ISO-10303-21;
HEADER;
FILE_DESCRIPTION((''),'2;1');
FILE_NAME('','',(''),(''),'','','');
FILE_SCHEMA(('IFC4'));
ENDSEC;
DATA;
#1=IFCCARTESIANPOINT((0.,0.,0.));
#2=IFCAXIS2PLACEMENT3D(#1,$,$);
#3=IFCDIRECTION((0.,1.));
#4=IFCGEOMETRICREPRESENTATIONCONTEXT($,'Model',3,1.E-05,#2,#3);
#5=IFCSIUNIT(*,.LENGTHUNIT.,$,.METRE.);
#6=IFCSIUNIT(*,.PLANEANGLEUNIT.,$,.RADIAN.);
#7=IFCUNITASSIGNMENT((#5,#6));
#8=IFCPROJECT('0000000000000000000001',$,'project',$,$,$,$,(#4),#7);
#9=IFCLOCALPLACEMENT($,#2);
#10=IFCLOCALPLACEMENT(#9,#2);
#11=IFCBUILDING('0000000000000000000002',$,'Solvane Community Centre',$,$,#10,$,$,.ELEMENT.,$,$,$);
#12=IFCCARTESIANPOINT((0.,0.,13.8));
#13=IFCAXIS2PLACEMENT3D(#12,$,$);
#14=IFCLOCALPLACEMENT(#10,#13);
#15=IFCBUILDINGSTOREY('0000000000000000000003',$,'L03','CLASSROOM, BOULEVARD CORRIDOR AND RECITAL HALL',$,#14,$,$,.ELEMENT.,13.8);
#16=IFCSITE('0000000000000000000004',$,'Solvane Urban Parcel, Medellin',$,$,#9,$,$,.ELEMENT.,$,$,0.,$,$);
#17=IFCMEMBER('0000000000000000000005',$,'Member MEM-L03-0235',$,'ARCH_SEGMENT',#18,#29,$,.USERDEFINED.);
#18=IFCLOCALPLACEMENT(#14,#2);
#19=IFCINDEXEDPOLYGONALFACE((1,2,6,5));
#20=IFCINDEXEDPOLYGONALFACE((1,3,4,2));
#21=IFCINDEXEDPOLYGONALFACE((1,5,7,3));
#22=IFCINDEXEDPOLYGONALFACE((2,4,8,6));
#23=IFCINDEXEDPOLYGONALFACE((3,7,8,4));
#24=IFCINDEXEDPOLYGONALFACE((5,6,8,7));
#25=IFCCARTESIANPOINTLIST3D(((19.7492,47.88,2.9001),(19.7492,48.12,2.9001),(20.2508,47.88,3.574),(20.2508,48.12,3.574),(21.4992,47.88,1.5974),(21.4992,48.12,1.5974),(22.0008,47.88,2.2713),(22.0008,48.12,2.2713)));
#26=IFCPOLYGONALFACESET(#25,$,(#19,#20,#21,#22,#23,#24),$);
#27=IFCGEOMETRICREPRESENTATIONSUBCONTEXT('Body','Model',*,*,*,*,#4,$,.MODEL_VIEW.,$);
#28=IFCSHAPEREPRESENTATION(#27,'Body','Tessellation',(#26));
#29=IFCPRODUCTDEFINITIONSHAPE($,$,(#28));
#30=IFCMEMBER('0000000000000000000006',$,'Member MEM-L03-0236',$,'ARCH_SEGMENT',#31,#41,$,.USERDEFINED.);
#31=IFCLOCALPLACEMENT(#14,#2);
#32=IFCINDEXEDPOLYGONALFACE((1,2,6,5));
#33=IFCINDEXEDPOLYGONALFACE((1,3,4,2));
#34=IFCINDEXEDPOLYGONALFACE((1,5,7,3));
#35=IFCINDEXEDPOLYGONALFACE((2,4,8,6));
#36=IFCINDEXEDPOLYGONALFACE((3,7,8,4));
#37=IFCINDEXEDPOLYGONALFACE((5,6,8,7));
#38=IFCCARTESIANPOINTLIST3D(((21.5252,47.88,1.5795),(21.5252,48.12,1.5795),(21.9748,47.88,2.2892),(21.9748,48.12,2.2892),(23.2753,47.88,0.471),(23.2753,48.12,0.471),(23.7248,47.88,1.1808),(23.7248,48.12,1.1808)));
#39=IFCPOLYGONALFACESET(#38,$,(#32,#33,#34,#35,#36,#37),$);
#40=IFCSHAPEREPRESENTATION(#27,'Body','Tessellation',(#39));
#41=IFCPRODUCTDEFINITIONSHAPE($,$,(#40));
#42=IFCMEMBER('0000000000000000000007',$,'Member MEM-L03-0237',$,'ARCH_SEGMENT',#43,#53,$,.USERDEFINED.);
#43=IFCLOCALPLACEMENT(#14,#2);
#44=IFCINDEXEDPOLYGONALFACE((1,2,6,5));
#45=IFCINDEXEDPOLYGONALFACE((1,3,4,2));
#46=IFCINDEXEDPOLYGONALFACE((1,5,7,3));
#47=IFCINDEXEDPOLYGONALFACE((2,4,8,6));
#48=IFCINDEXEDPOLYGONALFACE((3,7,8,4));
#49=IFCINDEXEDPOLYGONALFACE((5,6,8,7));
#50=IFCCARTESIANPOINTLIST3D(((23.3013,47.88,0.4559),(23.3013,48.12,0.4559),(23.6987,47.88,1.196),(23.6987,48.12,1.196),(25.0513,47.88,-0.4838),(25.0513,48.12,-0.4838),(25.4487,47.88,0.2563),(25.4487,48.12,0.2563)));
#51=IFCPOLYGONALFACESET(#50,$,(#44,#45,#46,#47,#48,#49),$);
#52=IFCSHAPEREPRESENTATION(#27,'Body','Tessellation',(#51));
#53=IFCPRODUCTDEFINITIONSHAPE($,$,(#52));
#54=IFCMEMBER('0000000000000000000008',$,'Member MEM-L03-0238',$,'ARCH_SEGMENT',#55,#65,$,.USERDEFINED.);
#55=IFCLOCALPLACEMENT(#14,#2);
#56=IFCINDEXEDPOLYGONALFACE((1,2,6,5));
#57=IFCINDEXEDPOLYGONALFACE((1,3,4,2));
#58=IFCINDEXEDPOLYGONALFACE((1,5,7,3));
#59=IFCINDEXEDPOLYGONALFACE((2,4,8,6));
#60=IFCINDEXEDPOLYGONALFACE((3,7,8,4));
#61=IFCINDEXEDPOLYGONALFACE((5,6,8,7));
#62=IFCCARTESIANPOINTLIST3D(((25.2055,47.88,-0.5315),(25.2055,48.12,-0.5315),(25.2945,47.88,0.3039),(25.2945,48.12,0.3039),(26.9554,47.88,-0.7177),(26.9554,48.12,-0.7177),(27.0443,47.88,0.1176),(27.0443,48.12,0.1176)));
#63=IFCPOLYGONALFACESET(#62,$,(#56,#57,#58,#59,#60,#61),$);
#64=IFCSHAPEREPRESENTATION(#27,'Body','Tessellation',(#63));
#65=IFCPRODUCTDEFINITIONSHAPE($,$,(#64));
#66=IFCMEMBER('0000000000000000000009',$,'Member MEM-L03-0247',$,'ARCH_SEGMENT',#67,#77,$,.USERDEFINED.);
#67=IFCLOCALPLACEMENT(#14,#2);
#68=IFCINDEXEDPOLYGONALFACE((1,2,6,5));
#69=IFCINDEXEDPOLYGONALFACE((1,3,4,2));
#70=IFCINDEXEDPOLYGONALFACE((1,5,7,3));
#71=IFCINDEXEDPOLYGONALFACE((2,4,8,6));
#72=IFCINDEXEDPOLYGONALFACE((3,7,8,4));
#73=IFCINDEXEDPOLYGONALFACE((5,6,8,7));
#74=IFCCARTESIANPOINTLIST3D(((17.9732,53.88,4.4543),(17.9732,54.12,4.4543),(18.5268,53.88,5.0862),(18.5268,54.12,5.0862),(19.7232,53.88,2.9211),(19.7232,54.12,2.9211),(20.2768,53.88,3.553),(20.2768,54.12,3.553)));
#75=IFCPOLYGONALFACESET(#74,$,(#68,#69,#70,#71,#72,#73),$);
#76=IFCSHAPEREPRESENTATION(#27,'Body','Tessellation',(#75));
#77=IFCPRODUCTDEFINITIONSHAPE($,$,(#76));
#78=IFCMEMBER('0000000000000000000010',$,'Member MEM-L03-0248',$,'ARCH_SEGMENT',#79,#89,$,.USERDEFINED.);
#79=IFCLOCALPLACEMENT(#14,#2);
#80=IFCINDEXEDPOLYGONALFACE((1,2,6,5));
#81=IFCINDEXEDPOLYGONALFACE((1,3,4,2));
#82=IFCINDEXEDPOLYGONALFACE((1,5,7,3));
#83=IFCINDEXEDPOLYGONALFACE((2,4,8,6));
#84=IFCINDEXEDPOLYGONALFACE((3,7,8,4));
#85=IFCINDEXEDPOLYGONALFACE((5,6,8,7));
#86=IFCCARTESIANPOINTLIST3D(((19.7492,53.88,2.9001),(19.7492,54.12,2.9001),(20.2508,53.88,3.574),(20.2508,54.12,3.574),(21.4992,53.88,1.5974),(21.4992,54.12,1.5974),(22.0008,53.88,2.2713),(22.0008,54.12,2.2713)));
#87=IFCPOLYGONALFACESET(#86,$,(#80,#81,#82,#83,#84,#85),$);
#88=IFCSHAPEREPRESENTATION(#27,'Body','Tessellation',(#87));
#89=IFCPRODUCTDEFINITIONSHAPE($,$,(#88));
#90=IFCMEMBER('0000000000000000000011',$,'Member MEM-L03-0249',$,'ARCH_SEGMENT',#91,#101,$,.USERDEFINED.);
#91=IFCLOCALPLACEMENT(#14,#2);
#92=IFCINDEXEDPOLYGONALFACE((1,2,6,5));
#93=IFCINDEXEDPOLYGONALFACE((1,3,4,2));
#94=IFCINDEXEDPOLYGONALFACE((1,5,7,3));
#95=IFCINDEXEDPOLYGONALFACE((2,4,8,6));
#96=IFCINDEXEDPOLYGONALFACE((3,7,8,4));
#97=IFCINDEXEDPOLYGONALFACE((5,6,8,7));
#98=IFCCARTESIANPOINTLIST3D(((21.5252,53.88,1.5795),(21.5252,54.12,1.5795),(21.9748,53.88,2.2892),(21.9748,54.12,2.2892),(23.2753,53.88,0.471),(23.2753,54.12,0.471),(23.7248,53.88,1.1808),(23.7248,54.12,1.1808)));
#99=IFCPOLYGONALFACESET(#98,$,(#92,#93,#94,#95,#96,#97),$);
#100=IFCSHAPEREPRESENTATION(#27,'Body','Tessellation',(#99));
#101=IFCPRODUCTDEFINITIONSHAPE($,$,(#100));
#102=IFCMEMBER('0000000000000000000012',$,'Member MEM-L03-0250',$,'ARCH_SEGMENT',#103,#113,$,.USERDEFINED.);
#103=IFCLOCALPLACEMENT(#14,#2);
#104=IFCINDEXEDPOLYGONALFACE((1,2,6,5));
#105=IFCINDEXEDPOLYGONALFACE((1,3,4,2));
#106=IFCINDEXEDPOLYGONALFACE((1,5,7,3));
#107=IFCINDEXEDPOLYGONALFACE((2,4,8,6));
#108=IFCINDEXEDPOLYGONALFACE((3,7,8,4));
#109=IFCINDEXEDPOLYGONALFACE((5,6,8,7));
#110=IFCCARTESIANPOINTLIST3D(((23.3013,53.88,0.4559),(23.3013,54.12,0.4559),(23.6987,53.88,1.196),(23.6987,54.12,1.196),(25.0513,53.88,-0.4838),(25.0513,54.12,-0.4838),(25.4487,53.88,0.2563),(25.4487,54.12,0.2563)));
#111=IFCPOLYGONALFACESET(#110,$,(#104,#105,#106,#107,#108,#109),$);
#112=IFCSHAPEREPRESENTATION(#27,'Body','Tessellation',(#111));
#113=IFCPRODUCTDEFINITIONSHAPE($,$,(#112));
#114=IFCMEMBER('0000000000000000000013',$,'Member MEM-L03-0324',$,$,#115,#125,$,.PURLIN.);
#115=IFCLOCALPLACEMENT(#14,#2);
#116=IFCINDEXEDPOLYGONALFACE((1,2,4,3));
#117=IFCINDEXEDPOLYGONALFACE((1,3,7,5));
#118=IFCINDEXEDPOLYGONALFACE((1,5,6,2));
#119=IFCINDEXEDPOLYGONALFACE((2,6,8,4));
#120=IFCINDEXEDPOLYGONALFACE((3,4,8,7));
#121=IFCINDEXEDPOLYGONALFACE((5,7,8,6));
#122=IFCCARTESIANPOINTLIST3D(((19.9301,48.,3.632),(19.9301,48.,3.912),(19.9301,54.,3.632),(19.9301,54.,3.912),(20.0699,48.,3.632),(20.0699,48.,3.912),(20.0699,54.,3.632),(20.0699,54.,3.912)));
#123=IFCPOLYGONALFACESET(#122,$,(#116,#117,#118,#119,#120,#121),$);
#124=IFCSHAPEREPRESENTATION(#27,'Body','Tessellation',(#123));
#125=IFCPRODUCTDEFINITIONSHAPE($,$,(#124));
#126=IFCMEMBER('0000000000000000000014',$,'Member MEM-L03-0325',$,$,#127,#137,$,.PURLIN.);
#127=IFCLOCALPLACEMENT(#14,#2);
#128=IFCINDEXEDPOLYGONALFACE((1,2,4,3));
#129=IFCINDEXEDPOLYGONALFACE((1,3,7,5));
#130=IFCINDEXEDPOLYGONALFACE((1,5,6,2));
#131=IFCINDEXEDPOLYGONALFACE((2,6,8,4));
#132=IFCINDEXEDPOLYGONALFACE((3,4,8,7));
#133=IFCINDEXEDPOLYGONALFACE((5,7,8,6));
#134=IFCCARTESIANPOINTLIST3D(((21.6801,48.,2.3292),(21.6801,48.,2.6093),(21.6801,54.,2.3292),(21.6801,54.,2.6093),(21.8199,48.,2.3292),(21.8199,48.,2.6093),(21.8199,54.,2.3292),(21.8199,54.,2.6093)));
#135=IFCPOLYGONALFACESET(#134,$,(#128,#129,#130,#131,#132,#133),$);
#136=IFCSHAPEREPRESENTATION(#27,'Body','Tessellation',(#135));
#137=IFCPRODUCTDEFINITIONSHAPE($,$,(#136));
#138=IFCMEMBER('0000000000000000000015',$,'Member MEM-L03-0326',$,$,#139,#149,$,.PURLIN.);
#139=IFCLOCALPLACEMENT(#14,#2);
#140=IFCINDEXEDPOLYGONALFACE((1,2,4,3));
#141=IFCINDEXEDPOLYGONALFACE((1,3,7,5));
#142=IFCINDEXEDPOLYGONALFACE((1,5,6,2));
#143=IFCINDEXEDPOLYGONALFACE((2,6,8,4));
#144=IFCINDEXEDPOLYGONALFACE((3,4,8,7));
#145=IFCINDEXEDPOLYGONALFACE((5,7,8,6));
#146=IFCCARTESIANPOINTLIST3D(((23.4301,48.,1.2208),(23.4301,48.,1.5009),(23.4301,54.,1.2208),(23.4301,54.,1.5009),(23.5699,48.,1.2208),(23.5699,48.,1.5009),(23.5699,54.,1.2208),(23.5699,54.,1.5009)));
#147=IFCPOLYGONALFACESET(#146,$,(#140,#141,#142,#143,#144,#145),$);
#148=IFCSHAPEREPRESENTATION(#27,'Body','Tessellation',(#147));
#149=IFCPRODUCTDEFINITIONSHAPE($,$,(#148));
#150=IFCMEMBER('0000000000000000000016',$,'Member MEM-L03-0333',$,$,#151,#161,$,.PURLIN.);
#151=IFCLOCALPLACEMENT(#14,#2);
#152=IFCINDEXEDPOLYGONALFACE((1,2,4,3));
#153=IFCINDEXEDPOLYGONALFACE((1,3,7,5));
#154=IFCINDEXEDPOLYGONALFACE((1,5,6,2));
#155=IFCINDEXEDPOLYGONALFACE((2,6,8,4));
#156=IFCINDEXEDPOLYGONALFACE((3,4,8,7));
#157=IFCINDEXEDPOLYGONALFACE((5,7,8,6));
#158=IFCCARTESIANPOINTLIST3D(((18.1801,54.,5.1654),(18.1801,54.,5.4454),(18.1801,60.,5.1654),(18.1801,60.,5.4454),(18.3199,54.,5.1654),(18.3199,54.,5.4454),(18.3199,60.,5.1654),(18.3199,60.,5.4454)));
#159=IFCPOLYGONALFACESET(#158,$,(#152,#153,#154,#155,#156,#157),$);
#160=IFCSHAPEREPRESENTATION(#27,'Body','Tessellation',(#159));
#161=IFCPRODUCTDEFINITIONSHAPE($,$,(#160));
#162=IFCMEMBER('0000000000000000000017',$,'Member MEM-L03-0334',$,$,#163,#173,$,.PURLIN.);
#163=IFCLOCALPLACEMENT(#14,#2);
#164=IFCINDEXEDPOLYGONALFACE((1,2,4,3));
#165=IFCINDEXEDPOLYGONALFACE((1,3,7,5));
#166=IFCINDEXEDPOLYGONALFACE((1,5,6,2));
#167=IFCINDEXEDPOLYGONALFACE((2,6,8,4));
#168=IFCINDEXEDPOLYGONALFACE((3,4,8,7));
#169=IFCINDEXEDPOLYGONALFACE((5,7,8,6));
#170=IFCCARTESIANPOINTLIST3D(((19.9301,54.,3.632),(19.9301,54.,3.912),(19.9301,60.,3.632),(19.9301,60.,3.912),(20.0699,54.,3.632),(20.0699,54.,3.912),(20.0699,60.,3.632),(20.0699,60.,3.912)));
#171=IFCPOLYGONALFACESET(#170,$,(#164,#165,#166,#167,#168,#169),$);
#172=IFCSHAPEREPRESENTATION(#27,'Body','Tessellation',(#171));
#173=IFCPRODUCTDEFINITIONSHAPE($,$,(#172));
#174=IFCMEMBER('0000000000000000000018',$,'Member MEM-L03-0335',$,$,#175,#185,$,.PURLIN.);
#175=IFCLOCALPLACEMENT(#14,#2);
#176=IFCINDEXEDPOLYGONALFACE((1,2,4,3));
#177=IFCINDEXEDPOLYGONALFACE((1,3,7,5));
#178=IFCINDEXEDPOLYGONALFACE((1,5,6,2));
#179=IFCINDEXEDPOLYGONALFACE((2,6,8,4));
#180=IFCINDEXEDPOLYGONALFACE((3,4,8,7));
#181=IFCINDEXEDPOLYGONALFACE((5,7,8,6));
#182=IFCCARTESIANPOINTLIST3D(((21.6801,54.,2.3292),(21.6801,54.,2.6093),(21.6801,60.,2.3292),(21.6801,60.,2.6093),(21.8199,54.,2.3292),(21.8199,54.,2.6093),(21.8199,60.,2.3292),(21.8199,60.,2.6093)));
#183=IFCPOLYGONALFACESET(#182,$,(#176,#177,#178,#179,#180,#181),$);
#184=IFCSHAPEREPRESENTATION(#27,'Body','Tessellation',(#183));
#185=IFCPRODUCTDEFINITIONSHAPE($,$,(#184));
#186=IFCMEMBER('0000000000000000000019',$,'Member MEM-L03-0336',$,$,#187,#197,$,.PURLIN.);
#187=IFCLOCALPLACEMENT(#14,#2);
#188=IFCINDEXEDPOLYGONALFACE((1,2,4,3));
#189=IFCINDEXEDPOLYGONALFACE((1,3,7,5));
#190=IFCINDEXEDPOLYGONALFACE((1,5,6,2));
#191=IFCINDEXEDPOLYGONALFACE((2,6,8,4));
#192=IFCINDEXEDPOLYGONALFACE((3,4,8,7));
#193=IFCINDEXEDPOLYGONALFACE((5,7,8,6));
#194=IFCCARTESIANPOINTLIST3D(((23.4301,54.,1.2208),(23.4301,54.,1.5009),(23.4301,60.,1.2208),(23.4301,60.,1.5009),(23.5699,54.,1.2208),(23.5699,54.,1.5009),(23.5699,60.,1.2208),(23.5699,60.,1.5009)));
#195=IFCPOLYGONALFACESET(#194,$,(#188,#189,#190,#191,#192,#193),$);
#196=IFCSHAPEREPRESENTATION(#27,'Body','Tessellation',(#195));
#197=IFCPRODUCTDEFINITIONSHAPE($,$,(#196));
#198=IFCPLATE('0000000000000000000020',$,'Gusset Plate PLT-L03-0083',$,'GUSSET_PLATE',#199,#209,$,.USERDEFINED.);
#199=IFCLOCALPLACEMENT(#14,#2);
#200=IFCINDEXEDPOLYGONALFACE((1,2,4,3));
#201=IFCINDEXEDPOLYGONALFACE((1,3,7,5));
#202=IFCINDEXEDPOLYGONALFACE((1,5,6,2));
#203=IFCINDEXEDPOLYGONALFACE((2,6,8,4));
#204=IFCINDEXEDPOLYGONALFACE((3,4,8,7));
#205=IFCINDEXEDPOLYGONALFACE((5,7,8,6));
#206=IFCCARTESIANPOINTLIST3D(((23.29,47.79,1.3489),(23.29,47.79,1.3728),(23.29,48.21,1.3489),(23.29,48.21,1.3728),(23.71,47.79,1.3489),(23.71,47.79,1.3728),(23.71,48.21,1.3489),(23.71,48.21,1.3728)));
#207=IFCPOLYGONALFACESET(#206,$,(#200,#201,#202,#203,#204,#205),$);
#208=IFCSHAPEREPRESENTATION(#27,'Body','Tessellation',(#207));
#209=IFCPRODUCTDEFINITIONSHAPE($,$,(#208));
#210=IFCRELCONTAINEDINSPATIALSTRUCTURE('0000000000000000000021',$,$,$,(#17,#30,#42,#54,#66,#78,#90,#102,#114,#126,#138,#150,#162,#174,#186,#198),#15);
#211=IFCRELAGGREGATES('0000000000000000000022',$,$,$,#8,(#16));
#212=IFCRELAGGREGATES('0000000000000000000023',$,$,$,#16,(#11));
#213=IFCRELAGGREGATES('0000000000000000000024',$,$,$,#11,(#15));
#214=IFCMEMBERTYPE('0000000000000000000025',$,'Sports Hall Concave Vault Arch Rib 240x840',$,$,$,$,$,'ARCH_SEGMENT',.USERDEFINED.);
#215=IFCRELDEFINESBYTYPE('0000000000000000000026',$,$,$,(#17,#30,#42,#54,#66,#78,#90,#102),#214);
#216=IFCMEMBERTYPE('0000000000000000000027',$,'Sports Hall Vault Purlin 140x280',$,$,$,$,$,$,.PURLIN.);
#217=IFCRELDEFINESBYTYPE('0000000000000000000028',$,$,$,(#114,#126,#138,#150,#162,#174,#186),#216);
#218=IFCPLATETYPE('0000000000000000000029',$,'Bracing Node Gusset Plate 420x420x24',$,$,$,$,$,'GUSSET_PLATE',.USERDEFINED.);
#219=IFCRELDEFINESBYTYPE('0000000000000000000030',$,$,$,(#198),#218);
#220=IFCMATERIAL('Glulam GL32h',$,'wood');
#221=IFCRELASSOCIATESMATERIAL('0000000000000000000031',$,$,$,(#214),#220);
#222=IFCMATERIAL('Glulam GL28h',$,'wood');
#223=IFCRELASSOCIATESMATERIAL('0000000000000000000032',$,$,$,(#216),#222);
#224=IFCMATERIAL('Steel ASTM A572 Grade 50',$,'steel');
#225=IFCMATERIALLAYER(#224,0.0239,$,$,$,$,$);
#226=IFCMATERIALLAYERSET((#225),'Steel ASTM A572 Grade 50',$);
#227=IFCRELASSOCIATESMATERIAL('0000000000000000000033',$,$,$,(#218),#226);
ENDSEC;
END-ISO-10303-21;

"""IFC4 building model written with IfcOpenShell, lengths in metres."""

from ifc_helpers import new_model, si_unit, direction, frame, origin, origin_2d, place, context, subcontext, project, spatial, rectangle, extrude, material, layer, layer_set, material_profile, profile_set, type_object, element, save


model = new_model("IFC4")

# Units and contexts
model_context = context("Model", 3, precision=1e-05, world=origin(), true_north=direction((0.0, 1.0)))
body_context = subcontext(model_context, "Body", "Model", "MODEL_VIEW")
ifc_project = project(units=[si_unit("LENGTHUNIT", "METRE"), si_unit("PLANEANGLEUNIT", "RADIAN")], contexts=[model_context])

# Site, building, storey
site_placement = place(None, origin())
site = spatial("IfcSite", under=ifc_project, at=site_placement, Name="Solvane Urban Parcel, Medellin", CompositionType="ELEMENT", RefElevation=0.0)
building_placement = place(site_placement, origin())
building = spatial("IfcBuilding", under=site, at=building_placement, Name="Solvane Community Centre", CompositionType="ELEMENT")
storey_placement = place(building_placement, frame((0.0, 0.0, 13.8)))
storey = spatial("IfcBuildingStorey", under=building, at=storey_placement, Name="L03", Description="CLASSROOM, BOULEVARD CORRIDOR AND RECITAL HALL", CompositionType="ELEMENT", Elevation=13.8)

# Members
ifc_material_1 = material(Name="Glulam GL32h", Category="wood")
ifc_material_profile_1 = material_profile(ifc_material_1, rectangle(XDim=0.24, YDim=0.8401, at=origin_2d()), Name="GL32h 240x840")
ifc_profile_set_1 = profile_set([ifc_material_profile_1], Name="Glulam GL32h")
member_type_1 = type_object("IfcMemberType", Name="Sports Hall Concave Vault Arch Rib 240x840", ElementType="ARCH_SEGMENT", PredefinedType="USERDEFINED", material=ifc_profile_set_1)
member_1_placement = place(storey_placement, frame((20.0, 48.0, 3.2371), z_axis=(0.802143, 0.0, -0.597131), x_axis=(0.0, 1.0, 0.0)))
element("IfcMember", 1, at=member_1_placement, inside=storey, type_object=member_type_1, Name="Member MEM-L03-0235", ObjectType="ARCH_SEGMENT", PredefinedType="USERDEFINED", context=body_context, shape_type="SweptSolid", body=[
    extrude(rectangle(XDim=0.24, YDim=0.8401, at=origin_2d()), origin(), (0.0, 0.0, 1.0), 2.1816),
])
member_2_placement = place(storey_placement, frame((21.75, 48.0, 1.9343), z_axis=(0.844805, 0.0, -0.535075), x_axis=(0.0, 1.0, 0.0)))
element("IfcMember", 2, at=member_2_placement, inside=storey, type_object=member_type_1, Name="Member MEM-L03-0236", ObjectType="ARCH_SEGMENT", PredefinedType="USERDEFINED", context=body_context, shape_type="SweptSolid", body=[
    extrude(rectangle(XDim=0.24, YDim=0.8401, at=origin_2d()), origin(), (0.0, 0.0, 1.0), 2.0715),
])
member_3_placement = place(storey_placement, frame((23.5, 48.0, 0.8259), z_axis=(0.881019, 0.0, -0.473081), x_axis=(0.0, 1.0, 0.0)))
element("IfcMember", 3, at=member_3_placement, inside=storey, type_object=member_type_1, Name="Member MEM-L03-0237", ObjectType="ARCH_SEGMENT", PredefinedType="USERDEFINED", context=body_context, shape_type="SweptSolid", body=[
    extrude(rectangle(XDim=0.24, YDim=0.8401, at=origin_2d()), origin(), (0.0, 0.0, 1.0), 1.9863),
])
member_4_placement = place(storey_placement, frame((25.25, 48.0, -0.1138), z_axis=(0.994382, 0.0, -0.105847), x_axis=(0.0, 1.0, 0.0)))
element("IfcMember", 4, at=member_4_placement, inside=storey, type_object=member_type_1, Name="Member MEM-L03-0238", ObjectType="ARCH_SEGMENT", PredefinedType="USERDEFINED", context=body_context, shape_type="SweptSolid", body=[
    extrude(rectangle(XDim=0.24, YDim=0.8401, at=origin_2d()), origin(), (0.0, 0.0, 1.0), 1.7598),
])
member_5_placement = place(storey_placement, frame((18.25, 54.0, 4.7703), z_axis=(0.752161, 0.0, -0.65898), x_axis=(0.0, 1.0, 0.0)))
element("IfcMember", 5, at=member_5_placement, inside=storey, type_object=member_type_1, Name="Member MEM-L03-0247", ObjectType="ARCH_SEGMENT", PredefinedType="USERDEFINED", context=body_context, shape_type="SweptSolid", body=[
    extrude(rectangle(XDim=0.24, YDim=0.8401, at=origin_2d()), origin(), (0.0, 0.0, 1.0), 2.3267),
])
member_6_placement = place(storey_placement, frame((20.0, 54.0, 3.2371), z_axis=(0.802143, 0.0, -0.597131), x_axis=(0.0, 1.0, 0.0)))
element("IfcMember", 6, at=member_6_placement, inside=storey, type_object=member_type_1, Name="Member MEM-L03-0248", ObjectType="ARCH_SEGMENT", PredefinedType="USERDEFINED", context=body_context, shape_type="SweptSolid", body=[
    extrude(rectangle(XDim=0.24, YDim=0.8401, at=origin_2d()), origin(), (0.0, 0.0, 1.0), 2.1816),
])
member_7_placement = place(storey_placement, frame((21.75, 54.0, 1.9343), z_axis=(0.844805, 0.0, -0.535075), x_axis=(0.0, 1.0, 0.0)))
element("IfcMember", 7, at=member_7_placement, inside=storey, type_object=member_type_1, Name="Member MEM-L03-0249", ObjectType="ARCH_SEGMENT", PredefinedType="USERDEFINED", context=body_context, shape_type="SweptSolid", body=[
    extrude(rectangle(XDim=0.24, YDim=0.8401, at=origin_2d()), origin(), (0.0, 0.0, 1.0), 2.0715),
])
member_8_placement = place(storey_placement, frame((23.5, 54.0, 0.8259), z_axis=(0.881019, 0.0, -0.473081), x_axis=(0.0, 1.0, 0.0)))
element("IfcMember", 8, at=member_8_placement, inside=storey, type_object=member_type_1, Name="Member MEM-L03-0250", ObjectType="ARCH_SEGMENT", PredefinedType="USERDEFINED", context=body_context, shape_type="SweptSolid", body=[
    extrude(rectangle(XDim=0.24, YDim=0.8401, at=origin_2d()), origin(), (0.0, 0.0, 1.0), 1.9863),
])
ifc_material_2 = material(Name="Glulam GL28h", Category="wood")
ifc_material_profile_2 = material_profile(ifc_material_2, rectangle(XDim=0.1399, YDim=0.28, at=origin_2d()), Name="GL28h 140x280")
ifc_profile_set_2 = profile_set([ifc_material_profile_2], Name="Glulam GL28h")
member_type_2 = type_object("IfcMemberType", Name="Sports Hall Vault Purlin 140x280", PredefinedType="PURLIN", material=ifc_profile_set_2)
for number, where, z_axis, x_axis, name in (
    (9, (20.0, 48.0, 3.772), (0.0, 1.0, 0.0), (-1.0, 0.0, 0.0), "Member MEM-L03-0324"),
    (10, (21.75, 48.0, 2.4692), (0.0, 1.0, 0.0), (-1.0, 0.0, 0.0), "Member MEM-L03-0325"),
    (11, (23.5, 48.0, 1.3608), (0.0, 1.0, 0.0), (-1.0, 0.0, 0.0), "Member MEM-L03-0326"),
    (12, (18.25, 54.0, 5.3054), (0.0, 1.0, 0.0), (-1.0, 0.0, 0.0), "Member MEM-L03-0333"),
    (13, (20.0, 54.0, 3.772), (0.0, 1.0, 0.0), (-1.0, 0.0, 0.0), "Member MEM-L03-0334"),
    (14, (21.75, 54.0, 2.4692), (0.0, 1.0, 0.0), (-1.0, 0.0, 0.0), "Member MEM-L03-0335"),
    (15, (23.5, 54.0, 1.3608), (0.0, 1.0, 0.0), (-1.0, 0.0, 0.0), "Member MEM-L03-0336"),
):
    element("IfcMember", number, at=place(storey_placement, frame(where, z_axis=z_axis, x_axis=x_axis)), inside=storey, type_object=member_type_2, Name=name, PredefinedType="PURLIN", context=body_context, shape_type="SweptSolid", body=[
        extrude(rectangle(XDim=0.1399, YDim=0.28, at=origin_2d()), origin(), (0.0, 0.0, 1.0), 6.0),
    ])

# Plate
ifc_material_3 = material(Name="Steel ASTM A572 Grade 50", Category="steel")
ifc_layer_1 = layer(ifc_material_3, 0.0239)
ifc_layer_set_1 = layer_set([ifc_layer_1], Name="Steel ASTM A572 Grade 50")
plate_type = type_object("IfcPlateType", Name="Bracing Node Gusset Plate 420x420x24", ElementType="GUSSET_PLATE", PredefinedType="USERDEFINED", material=ifc_layer_set_1)
for number, where, z_axis, x_axis, name in (
    (16, (23.5, 48.0, 1.3489), (0.0, 0.0, 1.0), (1.0, 0.0, 0.0), "Gusset Plate PLT-L03-0083"),
):
    element("IfcPlate", number, at=place(storey_placement, frame(where, z_axis=z_axis, x_axis=x_axis)), inside=storey, type_object=plate_type, Name=name, ObjectType="GUSSET_PLATE", PredefinedType="USERDEFINED", context=body_context, shape_type="SweptSolid", body=[
        extrude(rectangle(XDim=0.4199, YDim=0.4199, at=origin_2d()), origin(), (0.0, 0.0, 1.0), 0.0239),
    ])

save(model, "model.ifc")
